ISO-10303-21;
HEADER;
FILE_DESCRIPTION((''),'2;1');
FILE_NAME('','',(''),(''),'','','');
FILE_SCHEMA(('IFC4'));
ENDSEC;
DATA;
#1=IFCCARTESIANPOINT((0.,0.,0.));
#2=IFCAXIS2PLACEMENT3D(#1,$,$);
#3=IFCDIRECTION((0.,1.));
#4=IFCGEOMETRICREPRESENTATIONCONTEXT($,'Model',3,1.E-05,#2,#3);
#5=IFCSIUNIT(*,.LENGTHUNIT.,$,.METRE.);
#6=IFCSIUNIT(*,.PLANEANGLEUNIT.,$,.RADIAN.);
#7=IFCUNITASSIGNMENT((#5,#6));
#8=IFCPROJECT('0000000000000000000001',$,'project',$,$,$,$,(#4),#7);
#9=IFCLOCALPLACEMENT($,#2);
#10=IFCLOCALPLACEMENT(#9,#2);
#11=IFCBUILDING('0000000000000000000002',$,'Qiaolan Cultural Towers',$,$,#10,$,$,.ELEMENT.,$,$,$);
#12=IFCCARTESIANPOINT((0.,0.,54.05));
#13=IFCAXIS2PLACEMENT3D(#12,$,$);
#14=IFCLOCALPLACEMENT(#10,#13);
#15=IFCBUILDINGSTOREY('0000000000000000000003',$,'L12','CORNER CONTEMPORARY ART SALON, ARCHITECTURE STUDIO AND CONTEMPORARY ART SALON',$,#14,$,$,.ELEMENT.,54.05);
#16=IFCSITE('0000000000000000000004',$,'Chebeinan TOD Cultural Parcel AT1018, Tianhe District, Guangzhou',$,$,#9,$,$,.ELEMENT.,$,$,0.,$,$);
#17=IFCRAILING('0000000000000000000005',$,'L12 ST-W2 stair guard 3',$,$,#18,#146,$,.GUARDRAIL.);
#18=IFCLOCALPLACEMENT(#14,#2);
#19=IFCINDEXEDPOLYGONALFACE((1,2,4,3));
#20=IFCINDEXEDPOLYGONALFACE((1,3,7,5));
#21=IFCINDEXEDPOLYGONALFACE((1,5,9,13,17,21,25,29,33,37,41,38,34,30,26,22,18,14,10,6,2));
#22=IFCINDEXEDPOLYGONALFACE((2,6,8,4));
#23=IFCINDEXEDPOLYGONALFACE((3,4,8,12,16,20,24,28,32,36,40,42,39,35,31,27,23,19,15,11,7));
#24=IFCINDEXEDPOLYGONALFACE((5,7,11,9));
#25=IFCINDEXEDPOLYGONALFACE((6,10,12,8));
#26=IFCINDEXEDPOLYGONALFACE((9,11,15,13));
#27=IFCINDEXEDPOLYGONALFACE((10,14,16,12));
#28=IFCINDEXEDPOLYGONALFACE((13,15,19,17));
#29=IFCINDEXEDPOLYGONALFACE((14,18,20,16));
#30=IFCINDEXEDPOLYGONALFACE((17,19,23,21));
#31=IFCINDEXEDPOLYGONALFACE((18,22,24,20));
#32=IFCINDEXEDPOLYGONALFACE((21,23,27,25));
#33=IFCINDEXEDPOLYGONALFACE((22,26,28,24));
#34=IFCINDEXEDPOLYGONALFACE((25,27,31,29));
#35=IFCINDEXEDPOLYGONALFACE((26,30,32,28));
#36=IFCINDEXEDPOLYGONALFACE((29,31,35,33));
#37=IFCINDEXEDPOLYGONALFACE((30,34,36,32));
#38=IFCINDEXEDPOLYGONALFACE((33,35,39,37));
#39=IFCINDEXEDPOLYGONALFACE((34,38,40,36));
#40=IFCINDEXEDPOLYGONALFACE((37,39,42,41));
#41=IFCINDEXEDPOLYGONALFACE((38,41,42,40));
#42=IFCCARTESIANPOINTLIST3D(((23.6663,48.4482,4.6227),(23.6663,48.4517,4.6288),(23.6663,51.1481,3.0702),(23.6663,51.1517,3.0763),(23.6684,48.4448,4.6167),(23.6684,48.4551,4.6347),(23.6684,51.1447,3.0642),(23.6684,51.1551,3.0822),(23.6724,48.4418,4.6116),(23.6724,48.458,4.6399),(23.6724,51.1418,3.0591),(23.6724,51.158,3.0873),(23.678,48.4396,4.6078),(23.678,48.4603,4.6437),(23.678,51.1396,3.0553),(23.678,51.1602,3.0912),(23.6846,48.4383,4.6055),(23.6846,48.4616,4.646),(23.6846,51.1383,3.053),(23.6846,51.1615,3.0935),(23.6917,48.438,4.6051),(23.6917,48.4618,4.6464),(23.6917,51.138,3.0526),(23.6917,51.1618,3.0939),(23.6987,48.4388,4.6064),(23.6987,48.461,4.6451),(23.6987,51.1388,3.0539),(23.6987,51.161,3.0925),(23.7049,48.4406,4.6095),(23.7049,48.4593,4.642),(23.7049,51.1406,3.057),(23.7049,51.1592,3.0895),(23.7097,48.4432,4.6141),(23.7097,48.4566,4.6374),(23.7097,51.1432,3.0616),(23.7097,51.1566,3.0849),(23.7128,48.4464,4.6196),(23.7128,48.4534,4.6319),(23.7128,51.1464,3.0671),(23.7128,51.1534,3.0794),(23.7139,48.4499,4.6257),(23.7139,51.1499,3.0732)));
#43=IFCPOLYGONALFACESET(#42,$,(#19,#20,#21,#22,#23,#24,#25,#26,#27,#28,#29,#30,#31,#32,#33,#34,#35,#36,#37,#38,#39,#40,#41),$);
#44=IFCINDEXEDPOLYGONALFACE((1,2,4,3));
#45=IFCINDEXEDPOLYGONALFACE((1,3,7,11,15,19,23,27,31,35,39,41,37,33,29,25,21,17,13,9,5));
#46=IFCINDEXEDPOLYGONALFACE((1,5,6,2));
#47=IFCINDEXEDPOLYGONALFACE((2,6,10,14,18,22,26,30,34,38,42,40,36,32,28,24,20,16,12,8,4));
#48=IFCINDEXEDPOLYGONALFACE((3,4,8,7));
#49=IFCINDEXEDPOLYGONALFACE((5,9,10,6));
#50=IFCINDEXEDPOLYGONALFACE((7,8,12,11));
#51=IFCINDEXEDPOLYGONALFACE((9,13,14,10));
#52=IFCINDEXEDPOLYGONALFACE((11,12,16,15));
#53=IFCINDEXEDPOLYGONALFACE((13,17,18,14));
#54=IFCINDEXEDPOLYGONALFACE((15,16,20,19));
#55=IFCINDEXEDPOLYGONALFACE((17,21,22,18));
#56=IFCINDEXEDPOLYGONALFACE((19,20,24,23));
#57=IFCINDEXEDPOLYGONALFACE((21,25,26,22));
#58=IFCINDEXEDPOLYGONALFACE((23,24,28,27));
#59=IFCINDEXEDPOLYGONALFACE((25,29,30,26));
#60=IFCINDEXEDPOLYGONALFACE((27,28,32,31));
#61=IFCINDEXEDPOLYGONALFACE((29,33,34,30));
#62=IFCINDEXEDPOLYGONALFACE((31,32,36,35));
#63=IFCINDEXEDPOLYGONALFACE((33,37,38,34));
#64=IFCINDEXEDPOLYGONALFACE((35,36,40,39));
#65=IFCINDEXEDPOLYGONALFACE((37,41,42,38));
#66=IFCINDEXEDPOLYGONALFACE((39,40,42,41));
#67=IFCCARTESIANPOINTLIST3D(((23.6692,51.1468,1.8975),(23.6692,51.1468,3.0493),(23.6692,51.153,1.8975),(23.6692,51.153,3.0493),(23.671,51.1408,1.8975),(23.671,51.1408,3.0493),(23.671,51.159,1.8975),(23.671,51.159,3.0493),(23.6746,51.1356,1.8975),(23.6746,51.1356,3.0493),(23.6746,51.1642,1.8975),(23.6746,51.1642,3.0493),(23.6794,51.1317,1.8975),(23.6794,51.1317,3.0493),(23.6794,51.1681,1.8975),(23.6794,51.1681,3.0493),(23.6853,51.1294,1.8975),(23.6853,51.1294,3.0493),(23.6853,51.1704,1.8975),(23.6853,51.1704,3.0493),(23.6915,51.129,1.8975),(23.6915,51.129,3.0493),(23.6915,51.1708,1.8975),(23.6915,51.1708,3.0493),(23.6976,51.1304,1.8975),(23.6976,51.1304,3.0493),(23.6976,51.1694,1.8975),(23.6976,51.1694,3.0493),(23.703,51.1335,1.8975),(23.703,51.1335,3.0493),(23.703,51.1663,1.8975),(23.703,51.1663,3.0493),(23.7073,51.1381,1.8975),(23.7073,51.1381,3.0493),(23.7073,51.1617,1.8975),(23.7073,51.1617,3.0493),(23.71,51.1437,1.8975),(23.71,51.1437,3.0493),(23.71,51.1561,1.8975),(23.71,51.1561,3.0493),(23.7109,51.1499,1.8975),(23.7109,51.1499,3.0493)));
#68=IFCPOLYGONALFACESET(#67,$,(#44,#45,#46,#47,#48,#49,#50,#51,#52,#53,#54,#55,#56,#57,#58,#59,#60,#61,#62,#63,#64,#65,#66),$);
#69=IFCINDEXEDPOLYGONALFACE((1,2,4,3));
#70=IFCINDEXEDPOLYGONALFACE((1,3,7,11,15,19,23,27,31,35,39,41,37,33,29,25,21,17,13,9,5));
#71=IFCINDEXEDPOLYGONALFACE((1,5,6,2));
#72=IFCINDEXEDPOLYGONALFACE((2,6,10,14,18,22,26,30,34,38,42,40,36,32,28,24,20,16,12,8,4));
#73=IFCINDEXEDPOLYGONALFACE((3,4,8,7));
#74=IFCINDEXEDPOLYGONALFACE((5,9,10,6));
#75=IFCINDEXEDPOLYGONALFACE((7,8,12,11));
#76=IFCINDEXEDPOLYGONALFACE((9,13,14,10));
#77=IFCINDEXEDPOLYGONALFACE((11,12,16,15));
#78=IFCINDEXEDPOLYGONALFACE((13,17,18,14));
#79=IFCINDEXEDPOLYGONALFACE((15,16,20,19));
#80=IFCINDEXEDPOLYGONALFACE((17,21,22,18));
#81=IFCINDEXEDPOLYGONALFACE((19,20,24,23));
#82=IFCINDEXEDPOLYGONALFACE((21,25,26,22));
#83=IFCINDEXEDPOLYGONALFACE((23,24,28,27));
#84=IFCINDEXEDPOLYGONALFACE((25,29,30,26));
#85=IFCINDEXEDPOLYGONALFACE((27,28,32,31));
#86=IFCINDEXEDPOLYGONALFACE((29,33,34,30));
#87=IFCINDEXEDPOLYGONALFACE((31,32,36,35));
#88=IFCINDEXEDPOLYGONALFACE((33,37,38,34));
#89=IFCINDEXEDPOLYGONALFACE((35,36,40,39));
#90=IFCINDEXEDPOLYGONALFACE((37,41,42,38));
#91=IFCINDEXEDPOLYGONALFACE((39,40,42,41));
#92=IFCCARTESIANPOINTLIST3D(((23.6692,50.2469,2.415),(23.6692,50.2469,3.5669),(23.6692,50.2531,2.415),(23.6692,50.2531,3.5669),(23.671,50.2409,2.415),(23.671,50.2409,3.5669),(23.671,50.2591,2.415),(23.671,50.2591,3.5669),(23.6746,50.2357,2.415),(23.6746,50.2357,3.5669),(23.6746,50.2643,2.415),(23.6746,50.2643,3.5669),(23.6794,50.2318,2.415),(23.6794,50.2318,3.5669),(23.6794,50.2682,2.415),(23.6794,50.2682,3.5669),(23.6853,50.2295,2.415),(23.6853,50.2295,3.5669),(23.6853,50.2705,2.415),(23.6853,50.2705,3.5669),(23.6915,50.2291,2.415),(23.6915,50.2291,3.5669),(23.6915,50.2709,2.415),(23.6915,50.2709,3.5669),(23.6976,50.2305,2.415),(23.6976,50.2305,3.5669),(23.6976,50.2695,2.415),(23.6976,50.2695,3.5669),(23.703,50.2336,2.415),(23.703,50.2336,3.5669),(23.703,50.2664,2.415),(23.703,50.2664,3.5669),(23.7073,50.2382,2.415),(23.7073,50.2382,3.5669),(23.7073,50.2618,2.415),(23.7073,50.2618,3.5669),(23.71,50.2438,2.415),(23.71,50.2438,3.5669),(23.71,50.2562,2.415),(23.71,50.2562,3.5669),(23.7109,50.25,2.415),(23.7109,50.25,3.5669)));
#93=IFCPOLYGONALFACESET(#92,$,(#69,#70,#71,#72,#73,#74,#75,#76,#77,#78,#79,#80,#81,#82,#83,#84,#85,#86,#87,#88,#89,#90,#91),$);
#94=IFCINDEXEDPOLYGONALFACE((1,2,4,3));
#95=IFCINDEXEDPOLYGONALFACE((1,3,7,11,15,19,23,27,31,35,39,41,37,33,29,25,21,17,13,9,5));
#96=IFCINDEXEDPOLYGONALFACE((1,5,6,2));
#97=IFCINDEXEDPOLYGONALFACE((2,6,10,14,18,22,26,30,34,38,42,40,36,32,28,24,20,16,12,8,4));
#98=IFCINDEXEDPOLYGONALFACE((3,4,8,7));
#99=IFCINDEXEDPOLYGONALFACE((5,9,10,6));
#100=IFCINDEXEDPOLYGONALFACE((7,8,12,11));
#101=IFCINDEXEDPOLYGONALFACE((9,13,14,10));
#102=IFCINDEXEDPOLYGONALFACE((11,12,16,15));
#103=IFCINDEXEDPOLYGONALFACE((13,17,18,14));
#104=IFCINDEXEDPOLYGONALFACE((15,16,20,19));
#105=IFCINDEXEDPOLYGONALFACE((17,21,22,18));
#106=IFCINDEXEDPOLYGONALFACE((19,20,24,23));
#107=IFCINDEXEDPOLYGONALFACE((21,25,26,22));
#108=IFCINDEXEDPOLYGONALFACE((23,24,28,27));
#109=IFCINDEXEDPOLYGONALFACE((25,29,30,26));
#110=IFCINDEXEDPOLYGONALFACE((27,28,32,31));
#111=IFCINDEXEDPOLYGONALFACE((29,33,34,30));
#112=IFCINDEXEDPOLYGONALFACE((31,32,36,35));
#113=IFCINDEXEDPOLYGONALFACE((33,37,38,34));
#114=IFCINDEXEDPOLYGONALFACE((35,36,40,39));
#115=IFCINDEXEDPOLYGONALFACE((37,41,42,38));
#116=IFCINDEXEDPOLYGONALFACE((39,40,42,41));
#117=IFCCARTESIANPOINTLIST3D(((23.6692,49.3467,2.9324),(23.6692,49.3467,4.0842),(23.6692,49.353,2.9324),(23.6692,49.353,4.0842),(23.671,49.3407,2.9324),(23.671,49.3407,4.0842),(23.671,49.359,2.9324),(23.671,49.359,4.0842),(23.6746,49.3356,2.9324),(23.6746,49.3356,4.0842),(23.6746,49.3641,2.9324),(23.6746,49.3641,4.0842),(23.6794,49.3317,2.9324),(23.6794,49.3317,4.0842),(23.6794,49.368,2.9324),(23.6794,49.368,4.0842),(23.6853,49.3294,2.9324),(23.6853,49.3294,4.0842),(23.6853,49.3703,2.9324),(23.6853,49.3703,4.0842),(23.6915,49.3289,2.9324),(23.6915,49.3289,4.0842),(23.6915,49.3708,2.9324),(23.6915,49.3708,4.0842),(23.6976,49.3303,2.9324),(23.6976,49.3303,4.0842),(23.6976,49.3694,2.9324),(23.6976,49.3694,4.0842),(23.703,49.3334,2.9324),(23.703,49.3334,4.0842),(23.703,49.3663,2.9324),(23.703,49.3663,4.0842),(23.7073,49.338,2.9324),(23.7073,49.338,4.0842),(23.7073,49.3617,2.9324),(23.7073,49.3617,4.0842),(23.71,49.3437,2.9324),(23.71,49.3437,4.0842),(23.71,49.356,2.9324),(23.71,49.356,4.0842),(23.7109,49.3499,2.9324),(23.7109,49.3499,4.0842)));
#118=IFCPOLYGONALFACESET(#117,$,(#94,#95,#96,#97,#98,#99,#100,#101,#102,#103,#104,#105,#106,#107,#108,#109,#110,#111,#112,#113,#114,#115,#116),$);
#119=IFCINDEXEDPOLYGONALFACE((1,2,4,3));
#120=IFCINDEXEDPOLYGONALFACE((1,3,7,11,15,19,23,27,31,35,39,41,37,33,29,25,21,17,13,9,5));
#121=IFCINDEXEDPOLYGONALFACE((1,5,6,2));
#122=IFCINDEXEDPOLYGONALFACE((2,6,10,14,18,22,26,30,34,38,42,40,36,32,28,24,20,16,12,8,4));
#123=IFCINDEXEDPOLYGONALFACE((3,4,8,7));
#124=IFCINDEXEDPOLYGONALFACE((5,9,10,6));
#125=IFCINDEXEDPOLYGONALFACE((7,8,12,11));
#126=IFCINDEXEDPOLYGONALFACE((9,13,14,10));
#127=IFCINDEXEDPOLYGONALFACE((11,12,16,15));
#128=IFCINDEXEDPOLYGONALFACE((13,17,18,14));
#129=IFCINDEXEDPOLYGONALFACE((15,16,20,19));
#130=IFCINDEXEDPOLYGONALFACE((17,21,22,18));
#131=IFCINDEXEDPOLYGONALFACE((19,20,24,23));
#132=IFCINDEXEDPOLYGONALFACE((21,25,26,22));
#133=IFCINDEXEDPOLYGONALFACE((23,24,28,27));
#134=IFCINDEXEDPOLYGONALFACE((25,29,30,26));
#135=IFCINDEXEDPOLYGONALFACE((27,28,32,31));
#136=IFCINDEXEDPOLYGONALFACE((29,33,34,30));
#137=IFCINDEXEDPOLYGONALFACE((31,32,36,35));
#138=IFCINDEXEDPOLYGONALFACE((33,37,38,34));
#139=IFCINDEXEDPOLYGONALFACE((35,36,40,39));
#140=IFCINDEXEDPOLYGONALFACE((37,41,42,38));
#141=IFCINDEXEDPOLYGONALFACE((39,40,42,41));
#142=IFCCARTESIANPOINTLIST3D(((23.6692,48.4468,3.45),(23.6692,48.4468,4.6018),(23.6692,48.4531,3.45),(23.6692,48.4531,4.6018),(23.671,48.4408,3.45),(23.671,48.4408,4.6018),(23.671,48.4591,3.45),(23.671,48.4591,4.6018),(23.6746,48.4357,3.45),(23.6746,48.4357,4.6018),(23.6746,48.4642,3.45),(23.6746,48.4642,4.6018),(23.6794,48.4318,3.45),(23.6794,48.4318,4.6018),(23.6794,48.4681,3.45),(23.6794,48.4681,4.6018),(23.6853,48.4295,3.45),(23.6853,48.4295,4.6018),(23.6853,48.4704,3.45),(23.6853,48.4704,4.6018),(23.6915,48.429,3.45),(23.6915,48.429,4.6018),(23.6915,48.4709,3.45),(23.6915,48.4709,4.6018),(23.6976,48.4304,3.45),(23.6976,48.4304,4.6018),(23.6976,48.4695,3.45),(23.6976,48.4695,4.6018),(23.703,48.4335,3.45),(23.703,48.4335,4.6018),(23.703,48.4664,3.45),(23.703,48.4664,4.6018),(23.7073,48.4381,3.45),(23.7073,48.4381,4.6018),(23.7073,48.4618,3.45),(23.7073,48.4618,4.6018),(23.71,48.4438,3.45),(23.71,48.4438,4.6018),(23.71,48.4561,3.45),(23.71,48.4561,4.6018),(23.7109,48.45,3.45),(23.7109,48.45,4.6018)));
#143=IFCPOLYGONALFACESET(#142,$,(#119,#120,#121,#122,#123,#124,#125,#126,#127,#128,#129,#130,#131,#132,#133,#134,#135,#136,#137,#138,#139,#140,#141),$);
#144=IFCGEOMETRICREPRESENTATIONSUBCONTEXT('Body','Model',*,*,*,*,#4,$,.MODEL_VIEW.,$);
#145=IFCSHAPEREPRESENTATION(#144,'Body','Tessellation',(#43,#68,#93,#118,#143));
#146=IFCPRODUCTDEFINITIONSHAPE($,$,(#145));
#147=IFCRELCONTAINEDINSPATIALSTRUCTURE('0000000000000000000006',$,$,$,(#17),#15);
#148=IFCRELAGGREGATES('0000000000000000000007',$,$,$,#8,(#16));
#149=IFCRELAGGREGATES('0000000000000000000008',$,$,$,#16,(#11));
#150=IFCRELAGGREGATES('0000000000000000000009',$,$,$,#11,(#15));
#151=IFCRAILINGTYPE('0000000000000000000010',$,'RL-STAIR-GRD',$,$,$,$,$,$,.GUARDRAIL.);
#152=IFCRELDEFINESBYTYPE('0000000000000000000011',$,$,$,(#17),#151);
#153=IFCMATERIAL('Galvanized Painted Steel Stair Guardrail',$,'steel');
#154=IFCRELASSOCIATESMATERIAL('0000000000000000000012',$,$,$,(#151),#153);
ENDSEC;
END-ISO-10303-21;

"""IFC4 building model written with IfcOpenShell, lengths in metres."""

from ifc_helpers import new_model, si_unit, direction, frame, origin, origin_2d, place, context, subcontext, project, spatial, circle, extrude, material, type_object, element, save


model = new_model("IFC4")

# Units and contexts
model_context = context("Model", 3, precision=1e-05, world=origin(), true_north=direction((0.0, 1.0)))
body_context = subcontext(model_context, "Body", "Model", "MODEL_VIEW")
ifc_project = project(units=[si_unit("LENGTHUNIT", "METRE"), si_unit("PLANEANGLEUNIT", "RADIAN")], contexts=[model_context])

# Site, building, storey
site_placement = place(None, origin())
site = spatial("IfcSite", under=ifc_project, at=site_placement, Name="Chebeinan TOD Cultural Parcel AT1018, Tianhe District, Guangzhou", CompositionType="ELEMENT", RefElevation=0.0)
building_placement = place(site_placement, origin())
building = spatial("IfcBuilding", under=site, at=building_placement, Name="Qiaolan Cultural Towers", CompositionType="ELEMENT")
storey_placement = place(building_placement, frame((0.0, 0.0, 54.05)))
storey = spatial("IfcBuildingStorey", under=building, at=storey_placement, Name="L12", Description="CORNER CONTEMPORARY ART SALON, ARCHITECTURE STUDIO AND CONTEMPORARY ART SALON", CompositionType="ELEMENT", Elevation=54.05)

# Railing
ifc_material_1 = material(Name="Galvanized Painted Steel Stair Guardrail", Category="steel")
railing_type_1 = type_object("IfcRailingType", Name="RL-STAIR-GRD", PredefinedType="GUARDRAIL", material=ifc_material_1)
railing_1_placement = place(storey_placement, frame((23.6899, 51.1499, 1.8975)))
element("IfcRailing", 1, at=railing_1_placement, inside=storey, type_object=railing_type_1, Name="L12 ST-W2 stair guard 3", PredefinedType="GUARDRAIL", context=body_context, shape_type="SweptSolid", body=[
    extrude(circle(Radius=0.0239, at=origin_2d()), frame((0.0, 0.0, 1.1758), z_axis=(0.0, -0.866904, 0.498476), x_axis=(1.0, 0.0, 0.0)), (0.0, 0.0, 1.0), 3.1145),
    extrude(circle(Radius=0.021, at=origin_2d()), origin(), (0.0, 0.0, 1.0), 1.1519),
    extrude(circle(Radius=0.021, at=origin_2d()), frame((0.0, -0.8999, 0.5176)), (0.0, 0.0, 1.0), 1.1519),
    extrude(circle(Radius=0.021, at=origin_2d()), frame((0.0, -1.8, 1.0349)), (0.0, 0.0, 1.0), 1.1519),
    extrude(circle(Radius=0.021, at=origin_2d()), frame((0.0, -2.7, 1.5525)), (0.0, 0.0, 1.0), 1.1519),
])

save(model, "model.ifc")
